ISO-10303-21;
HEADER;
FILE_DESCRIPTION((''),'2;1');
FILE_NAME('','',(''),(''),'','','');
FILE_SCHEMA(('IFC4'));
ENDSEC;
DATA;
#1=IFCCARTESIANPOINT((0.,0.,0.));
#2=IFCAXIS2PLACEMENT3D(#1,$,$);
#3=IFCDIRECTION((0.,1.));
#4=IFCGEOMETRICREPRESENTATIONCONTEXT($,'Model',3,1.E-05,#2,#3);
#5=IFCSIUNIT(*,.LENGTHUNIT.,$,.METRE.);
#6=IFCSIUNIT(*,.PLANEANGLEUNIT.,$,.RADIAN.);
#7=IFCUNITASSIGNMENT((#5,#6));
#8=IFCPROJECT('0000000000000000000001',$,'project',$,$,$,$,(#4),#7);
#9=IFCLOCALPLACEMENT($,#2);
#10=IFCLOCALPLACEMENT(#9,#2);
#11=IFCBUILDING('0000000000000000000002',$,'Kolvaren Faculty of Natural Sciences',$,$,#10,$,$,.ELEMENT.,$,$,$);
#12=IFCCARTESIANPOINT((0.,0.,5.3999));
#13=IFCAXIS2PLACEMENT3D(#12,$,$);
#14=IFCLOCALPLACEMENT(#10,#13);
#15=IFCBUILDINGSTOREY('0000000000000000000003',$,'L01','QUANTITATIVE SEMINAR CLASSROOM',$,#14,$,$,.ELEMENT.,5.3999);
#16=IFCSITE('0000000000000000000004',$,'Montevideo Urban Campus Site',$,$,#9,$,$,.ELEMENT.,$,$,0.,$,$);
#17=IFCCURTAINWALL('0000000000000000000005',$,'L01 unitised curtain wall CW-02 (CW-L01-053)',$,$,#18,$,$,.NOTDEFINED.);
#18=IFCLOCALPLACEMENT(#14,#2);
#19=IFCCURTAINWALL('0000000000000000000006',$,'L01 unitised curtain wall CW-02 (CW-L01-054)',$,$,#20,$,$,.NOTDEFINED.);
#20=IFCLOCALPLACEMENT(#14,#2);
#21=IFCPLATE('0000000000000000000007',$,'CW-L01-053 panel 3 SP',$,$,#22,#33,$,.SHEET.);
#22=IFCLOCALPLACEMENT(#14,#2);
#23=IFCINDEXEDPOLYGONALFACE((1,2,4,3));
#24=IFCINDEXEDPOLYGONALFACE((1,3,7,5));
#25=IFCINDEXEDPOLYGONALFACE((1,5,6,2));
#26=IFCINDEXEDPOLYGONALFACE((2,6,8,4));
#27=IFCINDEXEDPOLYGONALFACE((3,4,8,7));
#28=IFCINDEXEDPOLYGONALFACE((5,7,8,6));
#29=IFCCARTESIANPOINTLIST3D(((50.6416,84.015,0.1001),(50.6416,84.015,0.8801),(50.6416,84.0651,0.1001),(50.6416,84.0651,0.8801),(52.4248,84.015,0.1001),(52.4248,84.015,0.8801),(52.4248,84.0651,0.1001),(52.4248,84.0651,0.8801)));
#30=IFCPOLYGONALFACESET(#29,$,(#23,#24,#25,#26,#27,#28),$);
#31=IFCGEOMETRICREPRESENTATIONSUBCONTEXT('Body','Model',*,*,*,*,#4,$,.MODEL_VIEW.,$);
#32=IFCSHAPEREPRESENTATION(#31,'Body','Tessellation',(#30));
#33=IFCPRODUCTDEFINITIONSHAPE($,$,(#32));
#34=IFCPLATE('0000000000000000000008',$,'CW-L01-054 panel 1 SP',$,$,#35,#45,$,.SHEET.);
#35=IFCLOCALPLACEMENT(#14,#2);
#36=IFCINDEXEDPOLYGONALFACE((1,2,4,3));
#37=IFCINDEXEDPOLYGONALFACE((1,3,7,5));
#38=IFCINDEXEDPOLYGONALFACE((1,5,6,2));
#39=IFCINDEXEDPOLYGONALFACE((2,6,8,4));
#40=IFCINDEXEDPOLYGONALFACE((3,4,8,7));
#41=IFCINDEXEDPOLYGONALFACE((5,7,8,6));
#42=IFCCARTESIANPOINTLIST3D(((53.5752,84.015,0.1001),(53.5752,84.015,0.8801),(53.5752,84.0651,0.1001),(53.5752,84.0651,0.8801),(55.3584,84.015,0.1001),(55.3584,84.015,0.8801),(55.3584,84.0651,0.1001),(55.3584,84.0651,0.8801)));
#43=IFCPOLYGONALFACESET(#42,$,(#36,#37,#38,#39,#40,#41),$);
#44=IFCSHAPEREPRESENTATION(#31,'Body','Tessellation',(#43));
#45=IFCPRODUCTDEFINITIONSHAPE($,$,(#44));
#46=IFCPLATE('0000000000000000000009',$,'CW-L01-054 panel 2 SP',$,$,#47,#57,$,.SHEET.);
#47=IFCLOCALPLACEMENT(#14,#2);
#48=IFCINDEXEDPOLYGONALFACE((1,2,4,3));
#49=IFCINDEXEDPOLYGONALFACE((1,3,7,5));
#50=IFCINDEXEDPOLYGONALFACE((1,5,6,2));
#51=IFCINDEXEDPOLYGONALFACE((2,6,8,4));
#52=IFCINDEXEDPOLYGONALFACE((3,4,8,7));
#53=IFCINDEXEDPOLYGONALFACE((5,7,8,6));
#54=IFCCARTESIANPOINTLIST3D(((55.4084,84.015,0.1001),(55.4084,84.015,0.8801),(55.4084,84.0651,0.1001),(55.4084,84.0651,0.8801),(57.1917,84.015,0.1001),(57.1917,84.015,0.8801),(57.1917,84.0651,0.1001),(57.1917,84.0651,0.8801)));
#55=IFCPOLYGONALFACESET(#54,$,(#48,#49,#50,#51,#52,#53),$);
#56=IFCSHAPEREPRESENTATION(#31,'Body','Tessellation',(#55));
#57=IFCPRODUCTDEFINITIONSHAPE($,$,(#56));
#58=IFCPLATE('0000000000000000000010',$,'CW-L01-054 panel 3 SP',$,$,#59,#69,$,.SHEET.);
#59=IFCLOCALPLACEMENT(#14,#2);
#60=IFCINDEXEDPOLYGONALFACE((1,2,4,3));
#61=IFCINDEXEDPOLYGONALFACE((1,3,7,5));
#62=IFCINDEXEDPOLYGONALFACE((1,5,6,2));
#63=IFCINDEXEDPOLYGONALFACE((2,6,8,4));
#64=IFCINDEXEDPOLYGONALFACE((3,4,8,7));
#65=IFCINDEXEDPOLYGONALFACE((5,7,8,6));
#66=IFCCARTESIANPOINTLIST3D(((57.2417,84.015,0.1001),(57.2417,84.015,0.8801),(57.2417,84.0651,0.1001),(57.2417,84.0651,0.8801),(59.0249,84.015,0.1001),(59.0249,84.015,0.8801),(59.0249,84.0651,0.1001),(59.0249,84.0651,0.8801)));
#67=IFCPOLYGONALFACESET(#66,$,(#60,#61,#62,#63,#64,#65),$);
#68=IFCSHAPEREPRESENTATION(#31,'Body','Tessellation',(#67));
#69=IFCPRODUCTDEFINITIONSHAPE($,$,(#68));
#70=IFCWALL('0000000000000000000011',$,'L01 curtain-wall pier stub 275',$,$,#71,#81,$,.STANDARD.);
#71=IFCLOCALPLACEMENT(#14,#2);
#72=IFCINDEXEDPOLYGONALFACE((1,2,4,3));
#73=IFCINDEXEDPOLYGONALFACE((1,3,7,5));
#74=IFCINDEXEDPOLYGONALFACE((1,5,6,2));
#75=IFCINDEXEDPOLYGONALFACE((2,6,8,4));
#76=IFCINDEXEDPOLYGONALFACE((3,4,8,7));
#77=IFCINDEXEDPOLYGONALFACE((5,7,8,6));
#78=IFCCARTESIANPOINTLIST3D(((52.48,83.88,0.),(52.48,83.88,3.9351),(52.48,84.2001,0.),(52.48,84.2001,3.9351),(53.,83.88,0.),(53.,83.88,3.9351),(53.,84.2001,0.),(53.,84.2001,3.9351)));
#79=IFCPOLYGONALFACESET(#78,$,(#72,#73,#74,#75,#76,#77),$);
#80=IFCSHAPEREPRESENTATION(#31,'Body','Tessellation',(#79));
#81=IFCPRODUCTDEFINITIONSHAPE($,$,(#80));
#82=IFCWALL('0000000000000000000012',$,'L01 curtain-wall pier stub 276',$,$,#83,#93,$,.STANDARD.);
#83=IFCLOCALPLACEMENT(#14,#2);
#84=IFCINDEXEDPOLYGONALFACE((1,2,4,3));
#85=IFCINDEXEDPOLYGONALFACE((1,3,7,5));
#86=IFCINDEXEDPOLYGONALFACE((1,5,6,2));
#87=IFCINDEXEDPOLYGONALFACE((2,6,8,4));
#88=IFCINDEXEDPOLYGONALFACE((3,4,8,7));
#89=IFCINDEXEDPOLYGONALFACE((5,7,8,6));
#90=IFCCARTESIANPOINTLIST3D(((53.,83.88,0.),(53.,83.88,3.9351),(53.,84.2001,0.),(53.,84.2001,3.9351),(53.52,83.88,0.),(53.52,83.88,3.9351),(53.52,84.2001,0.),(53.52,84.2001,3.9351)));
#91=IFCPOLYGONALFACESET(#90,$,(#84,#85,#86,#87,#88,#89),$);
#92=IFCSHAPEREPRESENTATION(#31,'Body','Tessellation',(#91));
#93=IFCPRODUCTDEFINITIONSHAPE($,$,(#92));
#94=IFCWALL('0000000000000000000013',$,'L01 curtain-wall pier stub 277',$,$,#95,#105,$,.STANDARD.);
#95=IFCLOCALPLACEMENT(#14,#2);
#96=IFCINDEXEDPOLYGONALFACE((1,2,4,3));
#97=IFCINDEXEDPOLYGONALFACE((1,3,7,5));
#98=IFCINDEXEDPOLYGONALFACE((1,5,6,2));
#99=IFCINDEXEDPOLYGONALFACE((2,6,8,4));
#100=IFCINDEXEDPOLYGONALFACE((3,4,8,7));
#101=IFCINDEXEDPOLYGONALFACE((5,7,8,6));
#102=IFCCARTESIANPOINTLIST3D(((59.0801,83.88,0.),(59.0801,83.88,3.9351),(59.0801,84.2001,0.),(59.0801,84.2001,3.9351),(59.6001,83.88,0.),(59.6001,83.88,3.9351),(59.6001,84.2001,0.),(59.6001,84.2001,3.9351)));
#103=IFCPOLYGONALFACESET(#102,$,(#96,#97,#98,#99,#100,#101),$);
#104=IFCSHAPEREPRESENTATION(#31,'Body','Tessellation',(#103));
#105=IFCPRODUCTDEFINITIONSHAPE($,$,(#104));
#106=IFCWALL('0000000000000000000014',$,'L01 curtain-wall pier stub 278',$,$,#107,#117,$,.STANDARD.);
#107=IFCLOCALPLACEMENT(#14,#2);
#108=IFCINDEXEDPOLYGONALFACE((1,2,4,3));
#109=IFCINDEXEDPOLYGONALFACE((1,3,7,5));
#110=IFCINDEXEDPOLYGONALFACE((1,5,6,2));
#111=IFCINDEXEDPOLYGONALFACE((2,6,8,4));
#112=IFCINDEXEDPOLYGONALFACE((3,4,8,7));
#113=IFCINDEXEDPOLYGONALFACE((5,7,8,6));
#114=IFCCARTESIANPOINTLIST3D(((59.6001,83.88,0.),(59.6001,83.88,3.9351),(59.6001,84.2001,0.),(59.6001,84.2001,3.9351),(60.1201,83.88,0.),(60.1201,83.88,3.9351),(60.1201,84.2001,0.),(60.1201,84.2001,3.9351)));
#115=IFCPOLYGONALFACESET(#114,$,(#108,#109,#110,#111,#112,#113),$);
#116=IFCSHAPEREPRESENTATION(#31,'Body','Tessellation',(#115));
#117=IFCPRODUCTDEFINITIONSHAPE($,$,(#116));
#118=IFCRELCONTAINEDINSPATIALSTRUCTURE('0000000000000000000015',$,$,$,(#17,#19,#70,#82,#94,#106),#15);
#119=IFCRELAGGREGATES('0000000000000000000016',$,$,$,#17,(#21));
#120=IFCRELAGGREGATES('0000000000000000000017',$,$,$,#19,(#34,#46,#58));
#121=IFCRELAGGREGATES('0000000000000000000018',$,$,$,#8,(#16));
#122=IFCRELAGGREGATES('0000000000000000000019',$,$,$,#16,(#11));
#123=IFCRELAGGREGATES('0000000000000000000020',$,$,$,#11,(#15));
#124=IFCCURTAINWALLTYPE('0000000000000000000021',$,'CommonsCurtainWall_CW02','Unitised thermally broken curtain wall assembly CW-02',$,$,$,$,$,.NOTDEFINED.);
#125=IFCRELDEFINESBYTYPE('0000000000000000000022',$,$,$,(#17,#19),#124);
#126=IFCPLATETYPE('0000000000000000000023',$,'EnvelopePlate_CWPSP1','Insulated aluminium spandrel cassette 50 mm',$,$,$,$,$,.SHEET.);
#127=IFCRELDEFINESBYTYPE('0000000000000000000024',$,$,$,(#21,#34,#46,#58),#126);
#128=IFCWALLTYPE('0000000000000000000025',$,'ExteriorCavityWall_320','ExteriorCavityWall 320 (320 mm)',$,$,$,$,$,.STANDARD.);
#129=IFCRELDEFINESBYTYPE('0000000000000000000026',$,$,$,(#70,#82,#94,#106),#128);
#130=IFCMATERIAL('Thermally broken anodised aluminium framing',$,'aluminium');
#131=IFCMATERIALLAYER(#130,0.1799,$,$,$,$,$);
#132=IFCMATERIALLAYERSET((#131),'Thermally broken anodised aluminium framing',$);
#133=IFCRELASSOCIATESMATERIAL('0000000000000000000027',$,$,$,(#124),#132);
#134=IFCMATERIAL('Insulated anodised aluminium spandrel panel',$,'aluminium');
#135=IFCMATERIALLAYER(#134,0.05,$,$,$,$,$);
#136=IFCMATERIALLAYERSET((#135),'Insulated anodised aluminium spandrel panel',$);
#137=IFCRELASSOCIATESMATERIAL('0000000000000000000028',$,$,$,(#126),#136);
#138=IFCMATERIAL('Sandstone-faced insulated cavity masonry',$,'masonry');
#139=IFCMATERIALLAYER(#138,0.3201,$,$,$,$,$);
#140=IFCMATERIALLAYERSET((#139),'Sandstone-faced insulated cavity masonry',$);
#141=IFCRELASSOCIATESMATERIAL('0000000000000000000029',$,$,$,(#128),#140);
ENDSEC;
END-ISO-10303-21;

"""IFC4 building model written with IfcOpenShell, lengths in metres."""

from ifc_helpers import new_model, si_unit, direction, frame, frame_2d, origin, origin_2d, place, context, subcontext, project, spatial, rectangle, extrude, material, layer, layer_set, type_object, element, aggregate, save


model = new_model("IFC4")

# Units and contexts
model_context = context("Model", 3, precision=1e-05, world=origin(), true_north=direction((0.0, 1.0)))
body_context = subcontext(model_context, "Body", "Model", "MODEL_VIEW")
ifc_project = project(units=[si_unit("LENGTHUNIT", "METRE"), si_unit("PLANEANGLEUNIT", "RADIAN")], contexts=[model_context])

# Site, building, storey
site_placement = place(None, origin())
site = spatial("IfcSite", under=ifc_project, at=site_placement, Name="Montevideo Urban Campus Site", CompositionType="ELEMENT", RefElevation=0.0)
building_placement = place(site_placement, origin())
building = spatial("IfcBuilding", under=site, at=building_placement, Name="Kolvaren Faculty of Natural Sciences", CompositionType="ELEMENT")
storey_placement = place(building_placement, frame((0.0, 0.0, 5.3999)))
storey = spatial("IfcBuildingStorey", under=building, at=storey_placement, Name="L01", Description="QUANTITATIVE SEMINAR CLASSROOM", CompositionType="ELEMENT", Elevation=5.3999)

# Curtain walls
ifc_material_1 = material(Name="Thermally broken anodised aluminium framing", Category="aluminium")
ifc_layer_1 = layer(ifc_material_1, 0.1799)
ifc_layer_set_1 = layer_set([ifc_layer_1], Name="Thermally broken anodised aluminium framing")
curtain_wall_type_1 = type_object("IfcCurtainWallType", Name="CommonsCurtainWall_CW02", Description="Unitised thermally broken curtain wall assembly CW-02", PredefinedType="NOTDEFINED", material=ifc_layer_set_1)
curtain_wall_1_placement = place(storey_placement, origin())
curtain_wall_1 = element("IfcCurtainWall", 1, at=curtain_wall_1_placement, inside=storey, type_object=curtain_wall_type_1, Name="L01 unitised curtain wall CW-02 (CW-L01-053)", PredefinedType="NOTDEFINED")
curtain_wall_2_placement = place(storey_placement, origin())
curtain_wall_2 = element("IfcCurtainWall", 2, at=curtain_wall_2_placement, inside=storey, type_object=curtain_wall_type_1, Name="L01 unitised curtain wall CW-02 (CW-L01-054)", PredefinedType="NOTDEFINED")

# Plates
ifc_material_2 = material(Name="Insulated anodised aluminium spandrel panel", Category="aluminium")
ifc_layer_2 = layer(ifc_material_2, 0.05)
ifc_layer_set_2 = layer_set([ifc_layer_2], Name="Insulated anodised aluminium spandrel panel")
plate_type_1 = type_object("IfcPlateType", Name="EnvelopePlate_CWPSP1", Description="Insulated aluminium spandrel cassette 50 mm", PredefinedType="SHEET", material=ifc_layer_set_2)
plate_1_placement = place(storey_placement, frame((51.5332, 84.04, 0.1001), z_axis=(0.0, 0.0, 1.0), x_axis=(1.0, 0.0, 0.0)))
plate_1 = element("IfcPlate", 3, at=plate_1_placement, type_object=plate_type_1, Name="CW-L01-053 panel 3 SP", PredefinedType="SHEET", context=body_context, shape_type="SweptSolid", body=[
    extrude(rectangle(XDim=1.7832, YDim=0.05, at=origin_2d()), origin(), (0.0, 0.0, 1.0), 0.78),
])
aggregate(curtain_wall_1, [plate_1])
plate_2_placement = place(storey_placement, frame((54.4668, 84.04, 0.1001), z_axis=(0.0, 0.0, 1.0), x_axis=(1.0, 0.0, 0.0)))
plate_2 = element("IfcPlate", 4, at=plate_2_placement, type_object=plate_type_1, Name="CW-L01-054 panel 1 SP", PredefinedType="SHEET", context=body_context, shape_type="SweptSolid", body=[
    extrude(rectangle(XDim=1.7832, YDim=0.05, at=origin_2d()), origin(), (0.0, 0.0, 1.0), 0.78),
])
plate_3_placement = place(storey_placement, frame((56.3, 84.04, 0.1001), z_axis=(0.0, 0.0, 1.0), x_axis=(1.0, 0.0, 0.0)))
plate_3 = element("IfcPlate", 5, at=plate_3_placement, type_object=plate_type_1, Name="CW-L01-054 panel 2 SP", PredefinedType="SHEET", context=body_context, shape_type="SweptSolid", body=[
    extrude(rectangle(XDim=1.7832, YDim=0.05, at=origin_2d()), origin(), (0.0, 0.0, 1.0), 0.78),
])
plate_4_placement = place(storey_placement, frame((58.1333, 84.04, 0.1001), z_axis=(0.0, 0.0, 1.0), x_axis=(1.0, 0.0, 0.0)))
plate_4 = element("IfcPlate", 6, at=plate_4_placement, type_object=plate_type_1, Name="CW-L01-054 panel 3 SP", PredefinedType="SHEET", context=body_context, shape_type="SweptSolid", body=[
    extrude(rectangle(XDim=1.7832, YDim=0.05, at=origin_2d()), origin(), (0.0, 0.0, 1.0), 0.78),
])
aggregate(curtain_wall_2, [plate_2, plate_3, plate_4])

# Walls
ifc_material_3 = material(Name="Sandstone-faced insulated cavity masonry", Category="masonry")
ifc_layer_3 = layer(ifc_material_3, 0.3201)
ifc_layer_set_3 = layer_set([ifc_layer_3], Name="Sandstone-faced insulated cavity masonry")
wall_type = type_object("IfcWallType", Name="ExteriorCavityWall_320", Description="ExteriorCavityWall 320 (320 mm)", PredefinedType="STANDARD", material=ifc_layer_set_3)
for number, where, z_axis, x_axis, name in (
    (7, (52.48, 84.04, 0.0), (0.0, 0.0, 1.0), (1.0, 0.0, 0.0), "L01 curtain-wall pier stub 275"),
    (8, (53.0, 84.04, 0.0), (0.0, 0.0, 1.0), (1.0, 0.0, 0.0), "L01 curtain-wall pier stub 276"),
    (9, (59.0801, 84.04, 0.0), (0.0, 0.0, 1.0), (1.0, 0.0, 0.0), "L01 curtain-wall pier stub 277"),
    (10, (59.6001, 84.04, 0.0), (0.0, 0.0, 1.0), (1.0, 0.0, 0.0), "L01 curtain-wall pier stub 278"),
):
    element("IfcWall", number, at=place(storey_placement, frame(where, z_axis=z_axis, x_axis=x_axis)), inside=storey, type_object=wall_type, Name=name, PredefinedType="STANDARD", context=body_context, shape_type="SweptSolid", body=[
        extrude(rectangle(XDim=0.52, YDim=0.3201, at=frame_2d((0.26, 0.0))), origin(), (0.0, 0.0, 1.0), 3.9351),
    ])

save(model, "model.ifc")
